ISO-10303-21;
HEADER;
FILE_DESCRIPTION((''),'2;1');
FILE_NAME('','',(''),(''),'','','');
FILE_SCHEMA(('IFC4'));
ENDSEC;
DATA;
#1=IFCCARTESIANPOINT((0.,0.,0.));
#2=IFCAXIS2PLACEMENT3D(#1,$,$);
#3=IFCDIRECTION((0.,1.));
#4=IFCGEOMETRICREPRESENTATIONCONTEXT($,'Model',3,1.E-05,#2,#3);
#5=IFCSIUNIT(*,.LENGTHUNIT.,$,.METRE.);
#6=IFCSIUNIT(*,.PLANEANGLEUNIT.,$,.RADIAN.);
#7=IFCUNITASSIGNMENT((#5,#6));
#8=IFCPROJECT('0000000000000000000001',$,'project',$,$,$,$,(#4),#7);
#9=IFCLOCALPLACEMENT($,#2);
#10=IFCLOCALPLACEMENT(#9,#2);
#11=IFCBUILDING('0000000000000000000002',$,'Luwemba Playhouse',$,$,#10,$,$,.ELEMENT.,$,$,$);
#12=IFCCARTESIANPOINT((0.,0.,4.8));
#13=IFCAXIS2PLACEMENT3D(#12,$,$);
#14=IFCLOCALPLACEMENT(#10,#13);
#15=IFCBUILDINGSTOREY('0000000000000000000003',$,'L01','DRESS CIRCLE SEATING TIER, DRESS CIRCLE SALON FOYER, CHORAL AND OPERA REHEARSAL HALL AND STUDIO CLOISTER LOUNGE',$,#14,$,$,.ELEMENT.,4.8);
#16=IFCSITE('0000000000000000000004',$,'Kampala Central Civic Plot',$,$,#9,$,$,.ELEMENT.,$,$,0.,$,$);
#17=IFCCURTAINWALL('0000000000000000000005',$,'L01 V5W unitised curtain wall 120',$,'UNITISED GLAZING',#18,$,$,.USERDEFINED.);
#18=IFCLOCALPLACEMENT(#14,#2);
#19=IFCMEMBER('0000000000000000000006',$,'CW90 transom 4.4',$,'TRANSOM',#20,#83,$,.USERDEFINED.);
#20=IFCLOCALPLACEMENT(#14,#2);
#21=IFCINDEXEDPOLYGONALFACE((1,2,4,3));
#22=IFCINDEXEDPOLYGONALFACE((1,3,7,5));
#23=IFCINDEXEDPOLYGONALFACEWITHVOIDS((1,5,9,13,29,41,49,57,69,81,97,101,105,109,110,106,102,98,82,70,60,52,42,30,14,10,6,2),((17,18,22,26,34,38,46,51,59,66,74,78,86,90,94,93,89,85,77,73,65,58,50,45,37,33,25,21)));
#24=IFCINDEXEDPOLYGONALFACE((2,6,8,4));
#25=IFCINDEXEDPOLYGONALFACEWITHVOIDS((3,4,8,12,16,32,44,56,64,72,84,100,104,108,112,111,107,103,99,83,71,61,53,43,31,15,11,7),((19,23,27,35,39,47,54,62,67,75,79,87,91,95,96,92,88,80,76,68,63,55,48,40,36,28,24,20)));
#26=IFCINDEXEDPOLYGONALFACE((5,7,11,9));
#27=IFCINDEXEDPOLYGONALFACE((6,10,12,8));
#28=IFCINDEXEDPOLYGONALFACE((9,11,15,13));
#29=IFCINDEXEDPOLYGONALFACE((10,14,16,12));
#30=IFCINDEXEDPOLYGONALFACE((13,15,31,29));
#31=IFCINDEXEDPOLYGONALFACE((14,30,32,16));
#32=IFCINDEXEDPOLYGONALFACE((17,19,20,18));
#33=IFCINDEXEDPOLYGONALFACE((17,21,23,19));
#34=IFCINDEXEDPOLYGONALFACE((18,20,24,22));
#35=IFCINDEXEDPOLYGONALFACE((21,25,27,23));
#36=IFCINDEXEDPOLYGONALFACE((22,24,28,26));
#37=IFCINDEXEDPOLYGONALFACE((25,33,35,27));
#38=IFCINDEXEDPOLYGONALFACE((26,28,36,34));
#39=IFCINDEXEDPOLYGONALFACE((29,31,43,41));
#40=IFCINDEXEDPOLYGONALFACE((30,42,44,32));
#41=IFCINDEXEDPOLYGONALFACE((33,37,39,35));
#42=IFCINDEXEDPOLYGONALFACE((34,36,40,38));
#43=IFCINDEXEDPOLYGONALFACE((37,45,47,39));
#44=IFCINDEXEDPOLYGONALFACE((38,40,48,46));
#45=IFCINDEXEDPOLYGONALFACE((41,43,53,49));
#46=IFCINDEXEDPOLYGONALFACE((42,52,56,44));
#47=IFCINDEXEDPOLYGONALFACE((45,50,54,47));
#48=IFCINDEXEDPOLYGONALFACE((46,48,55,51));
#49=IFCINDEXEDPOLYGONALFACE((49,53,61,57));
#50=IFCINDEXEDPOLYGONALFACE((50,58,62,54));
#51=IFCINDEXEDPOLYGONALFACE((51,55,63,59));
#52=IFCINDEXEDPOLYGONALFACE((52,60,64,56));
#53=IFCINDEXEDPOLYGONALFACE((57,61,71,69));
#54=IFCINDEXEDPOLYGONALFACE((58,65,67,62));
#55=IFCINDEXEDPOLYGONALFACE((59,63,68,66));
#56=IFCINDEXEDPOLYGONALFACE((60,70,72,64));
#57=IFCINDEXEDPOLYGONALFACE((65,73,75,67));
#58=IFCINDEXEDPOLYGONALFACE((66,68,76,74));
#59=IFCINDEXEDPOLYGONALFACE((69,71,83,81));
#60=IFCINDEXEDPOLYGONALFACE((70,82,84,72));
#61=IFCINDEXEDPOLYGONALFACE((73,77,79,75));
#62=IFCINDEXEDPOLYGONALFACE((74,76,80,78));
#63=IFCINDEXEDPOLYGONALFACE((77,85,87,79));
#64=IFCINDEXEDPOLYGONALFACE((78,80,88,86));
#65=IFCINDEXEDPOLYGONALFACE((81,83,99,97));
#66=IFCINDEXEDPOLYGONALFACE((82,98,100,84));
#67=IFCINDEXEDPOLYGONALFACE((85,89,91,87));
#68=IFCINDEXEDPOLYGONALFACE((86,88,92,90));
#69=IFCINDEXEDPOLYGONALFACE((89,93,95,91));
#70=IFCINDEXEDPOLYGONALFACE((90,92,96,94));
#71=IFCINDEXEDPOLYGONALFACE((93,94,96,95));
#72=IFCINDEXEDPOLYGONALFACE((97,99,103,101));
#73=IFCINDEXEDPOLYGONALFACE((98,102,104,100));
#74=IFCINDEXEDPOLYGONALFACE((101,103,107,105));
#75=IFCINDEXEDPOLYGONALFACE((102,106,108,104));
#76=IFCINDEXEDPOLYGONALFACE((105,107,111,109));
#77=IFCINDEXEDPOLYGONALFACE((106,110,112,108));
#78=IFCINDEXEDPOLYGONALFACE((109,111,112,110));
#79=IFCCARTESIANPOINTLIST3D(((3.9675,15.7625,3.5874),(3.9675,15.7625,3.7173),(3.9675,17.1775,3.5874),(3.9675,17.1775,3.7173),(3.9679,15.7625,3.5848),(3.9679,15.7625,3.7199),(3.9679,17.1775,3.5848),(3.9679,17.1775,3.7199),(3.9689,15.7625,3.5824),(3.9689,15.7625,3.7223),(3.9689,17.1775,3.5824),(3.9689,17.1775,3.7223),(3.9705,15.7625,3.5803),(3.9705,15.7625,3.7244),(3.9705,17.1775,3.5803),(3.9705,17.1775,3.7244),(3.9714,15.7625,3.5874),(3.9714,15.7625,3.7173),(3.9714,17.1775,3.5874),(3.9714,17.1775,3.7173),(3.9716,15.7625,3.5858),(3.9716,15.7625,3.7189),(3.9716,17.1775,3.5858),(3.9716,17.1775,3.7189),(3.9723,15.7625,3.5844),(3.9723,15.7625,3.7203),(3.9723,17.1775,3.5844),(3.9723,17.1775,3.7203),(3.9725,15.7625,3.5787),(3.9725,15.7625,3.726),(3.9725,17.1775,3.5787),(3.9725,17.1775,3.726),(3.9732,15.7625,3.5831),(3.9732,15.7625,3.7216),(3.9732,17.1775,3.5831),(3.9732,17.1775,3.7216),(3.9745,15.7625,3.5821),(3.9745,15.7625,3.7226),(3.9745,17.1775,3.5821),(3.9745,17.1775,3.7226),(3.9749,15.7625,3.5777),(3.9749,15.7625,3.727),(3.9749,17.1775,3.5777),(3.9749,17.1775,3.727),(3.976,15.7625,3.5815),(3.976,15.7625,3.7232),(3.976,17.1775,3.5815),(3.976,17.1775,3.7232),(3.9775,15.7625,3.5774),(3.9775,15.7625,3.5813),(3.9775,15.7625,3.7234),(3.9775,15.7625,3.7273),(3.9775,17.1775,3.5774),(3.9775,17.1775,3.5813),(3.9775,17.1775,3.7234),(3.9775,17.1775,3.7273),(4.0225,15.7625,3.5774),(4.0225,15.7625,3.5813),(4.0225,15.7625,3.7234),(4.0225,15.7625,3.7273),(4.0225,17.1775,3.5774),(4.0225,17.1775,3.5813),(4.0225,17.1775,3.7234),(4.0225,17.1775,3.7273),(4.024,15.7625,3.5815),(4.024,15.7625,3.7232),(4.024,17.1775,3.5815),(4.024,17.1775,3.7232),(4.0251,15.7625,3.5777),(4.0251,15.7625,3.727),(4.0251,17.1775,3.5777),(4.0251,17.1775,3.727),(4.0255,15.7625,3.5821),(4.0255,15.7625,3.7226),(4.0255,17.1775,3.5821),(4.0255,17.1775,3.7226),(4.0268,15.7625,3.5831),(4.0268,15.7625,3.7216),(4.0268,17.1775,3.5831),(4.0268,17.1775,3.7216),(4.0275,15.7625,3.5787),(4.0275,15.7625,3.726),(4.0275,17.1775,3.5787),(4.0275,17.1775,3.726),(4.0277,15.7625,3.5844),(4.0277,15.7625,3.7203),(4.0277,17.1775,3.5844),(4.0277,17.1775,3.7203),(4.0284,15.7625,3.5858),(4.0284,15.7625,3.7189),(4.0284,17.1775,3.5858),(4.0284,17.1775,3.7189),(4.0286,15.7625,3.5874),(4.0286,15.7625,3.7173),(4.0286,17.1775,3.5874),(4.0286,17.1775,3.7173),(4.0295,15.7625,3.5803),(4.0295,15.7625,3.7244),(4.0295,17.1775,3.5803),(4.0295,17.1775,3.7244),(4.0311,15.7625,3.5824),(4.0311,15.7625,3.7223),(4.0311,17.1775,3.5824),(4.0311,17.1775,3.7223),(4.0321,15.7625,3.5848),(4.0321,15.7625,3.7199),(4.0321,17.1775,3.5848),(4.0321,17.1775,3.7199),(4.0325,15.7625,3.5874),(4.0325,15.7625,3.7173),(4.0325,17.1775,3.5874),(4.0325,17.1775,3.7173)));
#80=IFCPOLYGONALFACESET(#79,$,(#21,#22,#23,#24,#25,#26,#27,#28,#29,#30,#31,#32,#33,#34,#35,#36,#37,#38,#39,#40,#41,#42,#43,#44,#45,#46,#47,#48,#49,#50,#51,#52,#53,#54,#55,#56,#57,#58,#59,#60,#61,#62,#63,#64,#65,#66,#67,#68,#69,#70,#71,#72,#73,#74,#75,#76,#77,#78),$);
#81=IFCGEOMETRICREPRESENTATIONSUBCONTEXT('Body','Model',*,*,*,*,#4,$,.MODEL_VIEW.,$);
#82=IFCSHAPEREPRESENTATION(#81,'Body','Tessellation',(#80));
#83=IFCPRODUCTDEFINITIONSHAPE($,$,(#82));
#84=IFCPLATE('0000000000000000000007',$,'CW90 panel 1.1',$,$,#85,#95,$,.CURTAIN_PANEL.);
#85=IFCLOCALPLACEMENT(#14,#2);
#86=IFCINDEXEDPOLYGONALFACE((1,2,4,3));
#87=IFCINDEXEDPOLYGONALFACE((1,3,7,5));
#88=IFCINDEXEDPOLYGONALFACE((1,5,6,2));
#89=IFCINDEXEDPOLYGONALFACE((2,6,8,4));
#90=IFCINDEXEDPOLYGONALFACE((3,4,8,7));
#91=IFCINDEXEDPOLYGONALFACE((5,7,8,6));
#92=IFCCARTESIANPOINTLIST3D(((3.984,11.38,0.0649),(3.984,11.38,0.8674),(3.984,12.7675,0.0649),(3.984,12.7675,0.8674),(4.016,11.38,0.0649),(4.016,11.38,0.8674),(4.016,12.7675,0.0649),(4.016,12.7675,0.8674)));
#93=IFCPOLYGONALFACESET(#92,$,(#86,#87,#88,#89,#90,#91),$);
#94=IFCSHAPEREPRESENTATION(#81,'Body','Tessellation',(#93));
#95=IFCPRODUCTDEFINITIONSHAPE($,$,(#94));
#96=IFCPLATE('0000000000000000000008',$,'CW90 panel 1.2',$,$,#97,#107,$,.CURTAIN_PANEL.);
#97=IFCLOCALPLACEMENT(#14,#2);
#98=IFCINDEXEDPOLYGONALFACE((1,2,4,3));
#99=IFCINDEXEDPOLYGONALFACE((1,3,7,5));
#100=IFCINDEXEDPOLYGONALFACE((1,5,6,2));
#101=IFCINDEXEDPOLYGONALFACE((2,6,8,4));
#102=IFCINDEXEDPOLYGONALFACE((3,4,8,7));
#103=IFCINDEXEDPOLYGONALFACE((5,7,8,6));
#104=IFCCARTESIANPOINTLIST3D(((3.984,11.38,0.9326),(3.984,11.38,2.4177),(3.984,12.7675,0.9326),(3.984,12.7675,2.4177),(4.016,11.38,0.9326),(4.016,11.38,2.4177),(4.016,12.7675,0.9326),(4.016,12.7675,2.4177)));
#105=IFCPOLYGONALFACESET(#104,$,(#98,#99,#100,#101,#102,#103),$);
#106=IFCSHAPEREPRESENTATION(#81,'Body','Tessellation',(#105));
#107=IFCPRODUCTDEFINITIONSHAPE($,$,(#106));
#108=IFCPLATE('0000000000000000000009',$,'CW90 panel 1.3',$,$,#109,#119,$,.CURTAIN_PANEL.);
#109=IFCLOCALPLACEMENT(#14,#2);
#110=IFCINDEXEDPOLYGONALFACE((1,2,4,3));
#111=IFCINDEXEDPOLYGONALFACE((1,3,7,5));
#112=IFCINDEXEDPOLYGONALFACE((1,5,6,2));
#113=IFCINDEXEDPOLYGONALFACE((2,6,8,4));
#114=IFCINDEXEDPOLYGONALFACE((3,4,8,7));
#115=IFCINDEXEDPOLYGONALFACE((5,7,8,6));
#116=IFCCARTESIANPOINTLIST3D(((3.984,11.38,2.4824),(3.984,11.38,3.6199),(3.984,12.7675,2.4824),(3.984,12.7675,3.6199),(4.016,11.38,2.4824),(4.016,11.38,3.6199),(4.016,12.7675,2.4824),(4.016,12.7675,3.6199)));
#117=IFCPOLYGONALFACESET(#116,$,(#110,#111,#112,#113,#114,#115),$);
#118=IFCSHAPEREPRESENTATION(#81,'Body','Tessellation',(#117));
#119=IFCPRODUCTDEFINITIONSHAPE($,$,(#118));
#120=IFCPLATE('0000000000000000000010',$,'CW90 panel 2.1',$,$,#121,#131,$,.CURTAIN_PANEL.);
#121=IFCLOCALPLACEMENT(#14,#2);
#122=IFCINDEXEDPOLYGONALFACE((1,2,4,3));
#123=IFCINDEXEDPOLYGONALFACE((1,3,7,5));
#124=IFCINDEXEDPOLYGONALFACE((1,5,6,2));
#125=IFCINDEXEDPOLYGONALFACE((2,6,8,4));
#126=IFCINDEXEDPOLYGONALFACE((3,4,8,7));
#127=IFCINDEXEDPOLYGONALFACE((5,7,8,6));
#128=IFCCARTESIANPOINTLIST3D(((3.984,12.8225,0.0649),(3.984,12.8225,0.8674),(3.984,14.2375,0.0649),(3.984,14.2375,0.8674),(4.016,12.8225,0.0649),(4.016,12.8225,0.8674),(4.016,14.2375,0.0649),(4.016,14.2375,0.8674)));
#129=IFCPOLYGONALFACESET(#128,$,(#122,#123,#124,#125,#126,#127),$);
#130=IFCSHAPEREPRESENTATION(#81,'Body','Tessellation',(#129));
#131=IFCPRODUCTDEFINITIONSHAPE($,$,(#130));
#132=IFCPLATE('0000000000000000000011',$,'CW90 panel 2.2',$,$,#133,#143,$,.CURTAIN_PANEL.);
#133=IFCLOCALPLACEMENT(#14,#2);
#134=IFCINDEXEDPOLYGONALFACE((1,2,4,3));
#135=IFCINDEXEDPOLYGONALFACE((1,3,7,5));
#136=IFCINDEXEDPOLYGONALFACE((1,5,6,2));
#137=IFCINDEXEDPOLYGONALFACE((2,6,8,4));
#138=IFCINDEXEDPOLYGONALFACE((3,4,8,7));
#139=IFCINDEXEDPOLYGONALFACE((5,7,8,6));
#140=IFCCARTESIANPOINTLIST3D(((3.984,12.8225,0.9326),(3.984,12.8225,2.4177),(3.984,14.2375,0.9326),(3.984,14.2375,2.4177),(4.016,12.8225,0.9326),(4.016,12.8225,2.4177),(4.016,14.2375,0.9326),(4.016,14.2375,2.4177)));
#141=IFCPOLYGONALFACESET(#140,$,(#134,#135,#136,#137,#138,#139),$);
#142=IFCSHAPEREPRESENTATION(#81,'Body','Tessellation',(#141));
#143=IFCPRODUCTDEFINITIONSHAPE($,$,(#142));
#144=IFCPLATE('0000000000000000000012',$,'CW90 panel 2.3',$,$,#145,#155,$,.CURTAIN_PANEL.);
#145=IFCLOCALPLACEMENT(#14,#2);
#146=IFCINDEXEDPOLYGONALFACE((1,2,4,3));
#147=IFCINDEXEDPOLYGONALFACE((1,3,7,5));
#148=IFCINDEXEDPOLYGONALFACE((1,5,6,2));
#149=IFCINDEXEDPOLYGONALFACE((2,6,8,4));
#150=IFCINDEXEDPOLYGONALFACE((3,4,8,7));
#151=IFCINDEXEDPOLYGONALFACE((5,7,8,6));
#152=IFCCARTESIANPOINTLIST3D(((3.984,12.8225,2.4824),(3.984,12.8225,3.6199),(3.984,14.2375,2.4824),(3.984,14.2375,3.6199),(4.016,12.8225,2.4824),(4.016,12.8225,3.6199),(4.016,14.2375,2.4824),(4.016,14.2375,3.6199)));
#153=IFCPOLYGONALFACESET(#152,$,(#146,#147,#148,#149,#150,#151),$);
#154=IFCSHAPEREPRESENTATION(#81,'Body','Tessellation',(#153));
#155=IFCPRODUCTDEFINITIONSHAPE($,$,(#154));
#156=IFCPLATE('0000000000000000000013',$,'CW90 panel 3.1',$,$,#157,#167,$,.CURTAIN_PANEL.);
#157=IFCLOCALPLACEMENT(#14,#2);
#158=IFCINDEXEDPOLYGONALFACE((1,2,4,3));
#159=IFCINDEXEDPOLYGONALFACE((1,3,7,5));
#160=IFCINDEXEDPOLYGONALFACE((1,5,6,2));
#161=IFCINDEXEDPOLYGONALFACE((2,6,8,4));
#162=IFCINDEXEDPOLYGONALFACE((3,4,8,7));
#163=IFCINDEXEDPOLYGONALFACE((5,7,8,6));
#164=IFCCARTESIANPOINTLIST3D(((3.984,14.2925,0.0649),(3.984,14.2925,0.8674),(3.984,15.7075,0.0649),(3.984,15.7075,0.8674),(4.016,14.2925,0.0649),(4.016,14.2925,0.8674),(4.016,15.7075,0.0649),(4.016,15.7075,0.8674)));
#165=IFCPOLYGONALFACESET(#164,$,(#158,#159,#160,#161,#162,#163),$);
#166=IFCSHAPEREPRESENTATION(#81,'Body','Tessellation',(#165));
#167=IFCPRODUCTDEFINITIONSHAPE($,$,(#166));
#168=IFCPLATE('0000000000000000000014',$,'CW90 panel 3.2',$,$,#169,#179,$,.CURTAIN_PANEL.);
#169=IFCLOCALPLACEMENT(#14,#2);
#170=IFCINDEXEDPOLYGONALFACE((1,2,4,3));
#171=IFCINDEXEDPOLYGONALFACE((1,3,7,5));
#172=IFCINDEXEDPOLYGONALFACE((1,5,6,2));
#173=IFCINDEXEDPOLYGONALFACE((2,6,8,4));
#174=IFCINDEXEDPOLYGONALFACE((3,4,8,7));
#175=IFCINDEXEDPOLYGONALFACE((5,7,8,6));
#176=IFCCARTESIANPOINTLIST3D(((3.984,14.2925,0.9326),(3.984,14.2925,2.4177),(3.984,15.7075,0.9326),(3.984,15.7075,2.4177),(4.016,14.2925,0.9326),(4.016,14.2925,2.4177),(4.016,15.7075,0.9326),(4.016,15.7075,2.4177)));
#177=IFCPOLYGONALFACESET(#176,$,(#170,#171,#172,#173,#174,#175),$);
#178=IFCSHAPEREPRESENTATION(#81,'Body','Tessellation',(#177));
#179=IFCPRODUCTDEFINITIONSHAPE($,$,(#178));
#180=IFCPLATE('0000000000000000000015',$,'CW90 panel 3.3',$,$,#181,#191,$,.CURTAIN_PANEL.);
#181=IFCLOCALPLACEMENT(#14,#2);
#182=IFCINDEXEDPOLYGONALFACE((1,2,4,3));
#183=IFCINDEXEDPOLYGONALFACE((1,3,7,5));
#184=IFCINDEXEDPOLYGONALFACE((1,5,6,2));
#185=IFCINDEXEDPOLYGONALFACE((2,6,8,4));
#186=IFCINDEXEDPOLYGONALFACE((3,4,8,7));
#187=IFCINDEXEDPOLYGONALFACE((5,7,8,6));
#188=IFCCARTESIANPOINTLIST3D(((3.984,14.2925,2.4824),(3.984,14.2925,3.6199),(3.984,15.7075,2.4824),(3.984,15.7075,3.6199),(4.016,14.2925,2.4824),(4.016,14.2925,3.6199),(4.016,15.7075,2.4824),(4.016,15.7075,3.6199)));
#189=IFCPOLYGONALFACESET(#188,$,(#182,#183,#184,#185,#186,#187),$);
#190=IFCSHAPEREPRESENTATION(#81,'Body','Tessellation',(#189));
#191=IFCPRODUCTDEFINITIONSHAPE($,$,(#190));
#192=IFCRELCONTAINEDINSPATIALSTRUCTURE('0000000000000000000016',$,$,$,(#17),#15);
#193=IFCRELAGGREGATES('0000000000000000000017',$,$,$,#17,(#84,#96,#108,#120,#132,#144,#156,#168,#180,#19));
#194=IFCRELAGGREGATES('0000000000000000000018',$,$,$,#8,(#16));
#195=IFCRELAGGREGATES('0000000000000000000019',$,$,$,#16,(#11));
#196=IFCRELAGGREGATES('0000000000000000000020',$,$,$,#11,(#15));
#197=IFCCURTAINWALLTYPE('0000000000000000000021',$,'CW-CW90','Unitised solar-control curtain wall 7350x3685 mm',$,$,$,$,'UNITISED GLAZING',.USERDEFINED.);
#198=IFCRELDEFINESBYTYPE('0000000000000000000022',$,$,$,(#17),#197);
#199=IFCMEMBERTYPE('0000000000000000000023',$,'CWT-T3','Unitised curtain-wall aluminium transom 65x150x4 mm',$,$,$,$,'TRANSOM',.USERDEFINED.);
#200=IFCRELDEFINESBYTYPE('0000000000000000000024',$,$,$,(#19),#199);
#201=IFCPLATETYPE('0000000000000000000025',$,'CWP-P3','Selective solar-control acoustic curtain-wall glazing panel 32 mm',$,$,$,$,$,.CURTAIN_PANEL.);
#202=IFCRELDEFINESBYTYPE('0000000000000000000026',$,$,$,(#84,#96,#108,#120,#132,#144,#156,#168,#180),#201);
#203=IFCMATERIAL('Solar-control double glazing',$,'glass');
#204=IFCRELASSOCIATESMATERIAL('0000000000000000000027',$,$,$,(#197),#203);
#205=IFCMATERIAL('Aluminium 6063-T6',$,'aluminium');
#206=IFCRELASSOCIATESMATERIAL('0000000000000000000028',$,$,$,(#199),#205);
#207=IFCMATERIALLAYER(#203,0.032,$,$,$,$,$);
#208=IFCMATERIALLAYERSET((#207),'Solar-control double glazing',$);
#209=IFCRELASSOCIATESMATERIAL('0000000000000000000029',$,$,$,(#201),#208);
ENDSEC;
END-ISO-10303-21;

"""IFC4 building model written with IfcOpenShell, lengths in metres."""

from ifc_helpers import new_model, si_unit, direction, frame, origin, origin_2d, place, context, subcontext, project, spatial, rectangle, hollow_rectangle, extrude, material, layer, layer_set, material_profile, profile_set, type_object, element, aggregate, save


model = new_model("IFC4")

# Units and contexts
model_context = context("Model", 3, precision=1e-05, world=origin(), true_north=direction((0.0, 1.0)))
body_context = subcontext(model_context, "Body", "Model", "MODEL_VIEW")
ifc_project = project(units=[si_unit("LENGTHUNIT", "METRE"), si_unit("PLANEANGLEUNIT", "RADIAN")], contexts=[model_context])

# Site, building, storey
site_placement = place(None, origin())
site = spatial("IfcSite", under=ifc_project, at=site_placement, Name="Kampala Central Civic Plot", CompositionType="ELEMENT", RefElevation=0.0)
building_placement = place(site_placement, origin())
building = spatial("IfcBuilding", under=site, at=building_placement, Name="Luwemba Playhouse", CompositionType="ELEMENT")
storey_placement = place(building_placement, frame((0.0, 0.0, 4.8)))
storey = spatial("IfcBuildingStorey", under=building, at=storey_placement, Name="L01", Description="DRESS CIRCLE SEATING TIER, DRESS CIRCLE SALON FOYER, CHORAL AND OPERA REHEARSAL HALL AND STUDIO CLOISTER LOUNGE", CompositionType="ELEMENT", Elevation=4.8)

# Curtain wall, member, plates
ifc_material_1 = material(Name="Solar-control double glazing", Category="glass")
curtain_wall_type = type_object("IfcCurtainWallType", Name="CW-CW90", Description="Unitised solar-control curtain wall 7350x3685 mm", ElementType="UNITISED GLAZING", PredefinedType="USERDEFINED", material=ifc_material_1)
curtain_wall_placement = place(storey_placement, origin())
curtain_wall = element("IfcCurtainWall", 1, at=curtain_wall_placement, inside=storey, type_object=curtain_wall_type, Name="L01 V5W unitised curtain wall 120", ObjectType="UNITISED GLAZING", PredefinedType="USERDEFINED")
ifc_material_2 = material(Name="Aluminium 6063-T6", Category="aluminium")
ifc_material_profile_1 = material_profile(ifc_material_2, hollow_rectangle(XDim=0.0649, YDim=0.1499, WallThickness=0.0039, InnerFilletRadius=0.0061, OuterFilletRadius=0.01, at=origin_2d()))
ifc_profile_set_1 = profile_set([ifc_material_profile_1], Name="Aluminium 6063-T6")
member_type_1 = type_object("IfcMemberType", Name="CWT-T3", Description="Unitised curtain-wall aluminium transom 65x150x4 mm", ElementType="TRANSOM", PredefinedType="USERDEFINED", material=ifc_profile_set_1)
member_1_placement = place(storey_placement, frame((4.0, 15.7625, 3.6523), z_axis=(0.0, 1.0, 0.0), x_axis=(-1.0, 0.0, 0.0)))
member_1 = element("IfcMember", 2, at=member_1_placement, type_object=member_type_1, Name="CW90 transom 4.4", ObjectType="TRANSOM", PredefinedType="USERDEFINED", context=body_context, shape_type="SweptSolid", body=[
    extrude(hollow_rectangle(XDim=0.0649, YDim=0.1499, WallThickness=0.0039, InnerFilletRadius=0.0061, OuterFilletRadius=0.01, at=origin_2d()), origin(), (0.0, 0.0, 1.0), 1.415),
])
ifc_layer = layer(ifc_material_1, 0.032)
ifc_layer_set = layer_set([ifc_layer], Name="Solar-control double glazing")
plate_type = type_object("IfcPlateType", Name="CWP-P3", Description="Selective solar-control acoustic curtain-wall glazing panel 32 mm", PredefinedType="CURTAIN_PANEL", material=ifc_layer_set)
plate_1_placement = place(storey_placement, frame((4.0, 12.0737, 0.0649), z_axis=(0.0, 0.0, 1.0), x_axis=(0.0, 1.0, 0.0)))
plate_1 = element("IfcPlate", 3, at=plate_1_placement, type_object=plate_type, Name="CW90 panel 1.1", PredefinedType="CURTAIN_PANEL", context=body_context, shape_type="SweptSolid", body=[
    extrude(rectangle(XDim=1.3875, YDim=0.032, at=origin_2d()), origin(), (0.0, 0.0, 1.0), 0.8025),
])
plate_2_placement = place(storey_placement, frame((4.0, 12.0737, 0.9326), z_axis=(0.0, 0.0, 1.0), x_axis=(0.0, 1.0, 0.0)))
plate_2 = element("IfcPlate", 4, at=plate_2_placement, type_object=plate_type, Name="CW90 panel 1.2", PredefinedType="CURTAIN_PANEL", context=body_context, shape_type="SweptSolid", body=[
    extrude(rectangle(XDim=1.3875, YDim=0.032, at=origin_2d()), origin(), (0.0, 0.0, 1.0), 1.4851),
])
plate_3_placement = place(storey_placement, frame((4.0, 12.0737, 2.4824), z_axis=(0.0, 0.0, 1.0), x_axis=(0.0, 1.0, 0.0)))
plate_3 = element("IfcPlate", 5, at=plate_3_placement, type_object=plate_type, Name="CW90 panel 1.3", PredefinedType="CURTAIN_PANEL", context=body_context, shape_type="SweptSolid", body=[
    extrude(rectangle(XDim=1.3875, YDim=0.032, at=origin_2d()), origin(), (0.0, 0.0, 1.0), 1.1375),
])
plate_4_placement = place(storey_placement, frame((4.0, 13.53, 0.0649), z_axis=(0.0, 0.0, 1.0), x_axis=(0.0, 1.0, 0.0)))
plate_4 = element("IfcPlate", 6, at=plate_4_placement, type_object=plate_type, Name="CW90 panel 2.1", PredefinedType="CURTAIN_PANEL", context=body_context, shape_type="SweptSolid", body=[
    extrude(rectangle(XDim=1.415, YDim=0.032, at=origin_2d()), origin(), (0.0, 0.0, 1.0), 0.8025),
])
plate_5_placement = place(storey_placement, frame((4.0, 13.53, 0.9326), z_axis=(0.0, 0.0, 1.0), x_axis=(0.0, 1.0, 0.0)))
plate_5 = element("IfcPlate", 7, at=plate_5_placement, type_object=plate_type, Name="CW90 panel 2.2", PredefinedType="CURTAIN_PANEL", context=body_context, shape_type="SweptSolid", body=[
    extrude(rectangle(XDim=1.415, YDim=0.032, at=origin_2d()), origin(), (0.0, 0.0, 1.0), 1.4851),
])
plate_6_placement = place(storey_placement, frame((4.0, 13.53, 2.4824), z_axis=(0.0, 0.0, 1.0), x_axis=(0.0, 1.0, 0.0)))
plate_6 = element("IfcPlate", 8, at=plate_6_placement, type_object=plate_type, Name="CW90 panel 2.3", PredefinedType="CURTAIN_PANEL", context=body_context, shape_type="SweptSolid", body=[
    extrude(rectangle(XDim=1.415, YDim=0.032, at=origin_2d()), origin(), (0.0, 0.0, 1.0), 1.1375),
])
plate_7_placement = place(storey_placement, frame((4.0, 15.0, 0.0649), z_axis=(0.0, 0.0, 1.0), x_axis=(0.0, 1.0, 0.0)))
plate_7 = element("IfcPlate", 9, at=plate_7_placement, type_object=plate_type, Name="CW90 panel 3.1", PredefinedType="CURTAIN_PANEL", context=body_context, shape_type="SweptSolid", body=[
    extrude(rectangle(XDim=1.415, YDim=0.032, at=origin_2d()), origin(), (0.0, 0.0, 1.0), 0.8025),
])
plate_8_placement = place(storey_placement, frame((4.0, 15.0, 0.9326), z_axis=(0.0, 0.0, 1.0), x_axis=(0.0, 1.0, 0.0)))
plate_8 = element("IfcPlate", 10, at=plate_8_placement, type_object=plate_type, Name="CW90 panel 3.2", PredefinedType="CURTAIN_PANEL", context=body_context, shape_type="SweptSolid", body=[
    extrude(rectangle(XDim=1.415, YDim=0.032, at=origin_2d()), origin(), (0.0, 0.0, 1.0), 1.4851),
])
plate_9_placement = place(storey_placement, frame((4.0, 15.0, 2.4824), z_axis=(0.0, 0.0, 1.0), x_axis=(0.0, 1.0, 0.0)))
plate_9 = element("IfcPlate", 11, at=plate_9_placement, type_object=plate_type, Name="CW90 panel 3.3", PredefinedType="CURTAIN_PANEL", context=body_context, shape_type="SweptSolid", body=[
    extrude(rectangle(XDim=1.415, YDim=0.032, at=origin_2d()), origin(), (0.0, 0.0, 1.0), 1.1375),
])
aggregate(curtain_wall, [plate_1, plate_2, plate_3, plate_4, plate_5, plate_6, plate_7, plate_8, plate_9, member_1])

save(model, "model.ifc")
